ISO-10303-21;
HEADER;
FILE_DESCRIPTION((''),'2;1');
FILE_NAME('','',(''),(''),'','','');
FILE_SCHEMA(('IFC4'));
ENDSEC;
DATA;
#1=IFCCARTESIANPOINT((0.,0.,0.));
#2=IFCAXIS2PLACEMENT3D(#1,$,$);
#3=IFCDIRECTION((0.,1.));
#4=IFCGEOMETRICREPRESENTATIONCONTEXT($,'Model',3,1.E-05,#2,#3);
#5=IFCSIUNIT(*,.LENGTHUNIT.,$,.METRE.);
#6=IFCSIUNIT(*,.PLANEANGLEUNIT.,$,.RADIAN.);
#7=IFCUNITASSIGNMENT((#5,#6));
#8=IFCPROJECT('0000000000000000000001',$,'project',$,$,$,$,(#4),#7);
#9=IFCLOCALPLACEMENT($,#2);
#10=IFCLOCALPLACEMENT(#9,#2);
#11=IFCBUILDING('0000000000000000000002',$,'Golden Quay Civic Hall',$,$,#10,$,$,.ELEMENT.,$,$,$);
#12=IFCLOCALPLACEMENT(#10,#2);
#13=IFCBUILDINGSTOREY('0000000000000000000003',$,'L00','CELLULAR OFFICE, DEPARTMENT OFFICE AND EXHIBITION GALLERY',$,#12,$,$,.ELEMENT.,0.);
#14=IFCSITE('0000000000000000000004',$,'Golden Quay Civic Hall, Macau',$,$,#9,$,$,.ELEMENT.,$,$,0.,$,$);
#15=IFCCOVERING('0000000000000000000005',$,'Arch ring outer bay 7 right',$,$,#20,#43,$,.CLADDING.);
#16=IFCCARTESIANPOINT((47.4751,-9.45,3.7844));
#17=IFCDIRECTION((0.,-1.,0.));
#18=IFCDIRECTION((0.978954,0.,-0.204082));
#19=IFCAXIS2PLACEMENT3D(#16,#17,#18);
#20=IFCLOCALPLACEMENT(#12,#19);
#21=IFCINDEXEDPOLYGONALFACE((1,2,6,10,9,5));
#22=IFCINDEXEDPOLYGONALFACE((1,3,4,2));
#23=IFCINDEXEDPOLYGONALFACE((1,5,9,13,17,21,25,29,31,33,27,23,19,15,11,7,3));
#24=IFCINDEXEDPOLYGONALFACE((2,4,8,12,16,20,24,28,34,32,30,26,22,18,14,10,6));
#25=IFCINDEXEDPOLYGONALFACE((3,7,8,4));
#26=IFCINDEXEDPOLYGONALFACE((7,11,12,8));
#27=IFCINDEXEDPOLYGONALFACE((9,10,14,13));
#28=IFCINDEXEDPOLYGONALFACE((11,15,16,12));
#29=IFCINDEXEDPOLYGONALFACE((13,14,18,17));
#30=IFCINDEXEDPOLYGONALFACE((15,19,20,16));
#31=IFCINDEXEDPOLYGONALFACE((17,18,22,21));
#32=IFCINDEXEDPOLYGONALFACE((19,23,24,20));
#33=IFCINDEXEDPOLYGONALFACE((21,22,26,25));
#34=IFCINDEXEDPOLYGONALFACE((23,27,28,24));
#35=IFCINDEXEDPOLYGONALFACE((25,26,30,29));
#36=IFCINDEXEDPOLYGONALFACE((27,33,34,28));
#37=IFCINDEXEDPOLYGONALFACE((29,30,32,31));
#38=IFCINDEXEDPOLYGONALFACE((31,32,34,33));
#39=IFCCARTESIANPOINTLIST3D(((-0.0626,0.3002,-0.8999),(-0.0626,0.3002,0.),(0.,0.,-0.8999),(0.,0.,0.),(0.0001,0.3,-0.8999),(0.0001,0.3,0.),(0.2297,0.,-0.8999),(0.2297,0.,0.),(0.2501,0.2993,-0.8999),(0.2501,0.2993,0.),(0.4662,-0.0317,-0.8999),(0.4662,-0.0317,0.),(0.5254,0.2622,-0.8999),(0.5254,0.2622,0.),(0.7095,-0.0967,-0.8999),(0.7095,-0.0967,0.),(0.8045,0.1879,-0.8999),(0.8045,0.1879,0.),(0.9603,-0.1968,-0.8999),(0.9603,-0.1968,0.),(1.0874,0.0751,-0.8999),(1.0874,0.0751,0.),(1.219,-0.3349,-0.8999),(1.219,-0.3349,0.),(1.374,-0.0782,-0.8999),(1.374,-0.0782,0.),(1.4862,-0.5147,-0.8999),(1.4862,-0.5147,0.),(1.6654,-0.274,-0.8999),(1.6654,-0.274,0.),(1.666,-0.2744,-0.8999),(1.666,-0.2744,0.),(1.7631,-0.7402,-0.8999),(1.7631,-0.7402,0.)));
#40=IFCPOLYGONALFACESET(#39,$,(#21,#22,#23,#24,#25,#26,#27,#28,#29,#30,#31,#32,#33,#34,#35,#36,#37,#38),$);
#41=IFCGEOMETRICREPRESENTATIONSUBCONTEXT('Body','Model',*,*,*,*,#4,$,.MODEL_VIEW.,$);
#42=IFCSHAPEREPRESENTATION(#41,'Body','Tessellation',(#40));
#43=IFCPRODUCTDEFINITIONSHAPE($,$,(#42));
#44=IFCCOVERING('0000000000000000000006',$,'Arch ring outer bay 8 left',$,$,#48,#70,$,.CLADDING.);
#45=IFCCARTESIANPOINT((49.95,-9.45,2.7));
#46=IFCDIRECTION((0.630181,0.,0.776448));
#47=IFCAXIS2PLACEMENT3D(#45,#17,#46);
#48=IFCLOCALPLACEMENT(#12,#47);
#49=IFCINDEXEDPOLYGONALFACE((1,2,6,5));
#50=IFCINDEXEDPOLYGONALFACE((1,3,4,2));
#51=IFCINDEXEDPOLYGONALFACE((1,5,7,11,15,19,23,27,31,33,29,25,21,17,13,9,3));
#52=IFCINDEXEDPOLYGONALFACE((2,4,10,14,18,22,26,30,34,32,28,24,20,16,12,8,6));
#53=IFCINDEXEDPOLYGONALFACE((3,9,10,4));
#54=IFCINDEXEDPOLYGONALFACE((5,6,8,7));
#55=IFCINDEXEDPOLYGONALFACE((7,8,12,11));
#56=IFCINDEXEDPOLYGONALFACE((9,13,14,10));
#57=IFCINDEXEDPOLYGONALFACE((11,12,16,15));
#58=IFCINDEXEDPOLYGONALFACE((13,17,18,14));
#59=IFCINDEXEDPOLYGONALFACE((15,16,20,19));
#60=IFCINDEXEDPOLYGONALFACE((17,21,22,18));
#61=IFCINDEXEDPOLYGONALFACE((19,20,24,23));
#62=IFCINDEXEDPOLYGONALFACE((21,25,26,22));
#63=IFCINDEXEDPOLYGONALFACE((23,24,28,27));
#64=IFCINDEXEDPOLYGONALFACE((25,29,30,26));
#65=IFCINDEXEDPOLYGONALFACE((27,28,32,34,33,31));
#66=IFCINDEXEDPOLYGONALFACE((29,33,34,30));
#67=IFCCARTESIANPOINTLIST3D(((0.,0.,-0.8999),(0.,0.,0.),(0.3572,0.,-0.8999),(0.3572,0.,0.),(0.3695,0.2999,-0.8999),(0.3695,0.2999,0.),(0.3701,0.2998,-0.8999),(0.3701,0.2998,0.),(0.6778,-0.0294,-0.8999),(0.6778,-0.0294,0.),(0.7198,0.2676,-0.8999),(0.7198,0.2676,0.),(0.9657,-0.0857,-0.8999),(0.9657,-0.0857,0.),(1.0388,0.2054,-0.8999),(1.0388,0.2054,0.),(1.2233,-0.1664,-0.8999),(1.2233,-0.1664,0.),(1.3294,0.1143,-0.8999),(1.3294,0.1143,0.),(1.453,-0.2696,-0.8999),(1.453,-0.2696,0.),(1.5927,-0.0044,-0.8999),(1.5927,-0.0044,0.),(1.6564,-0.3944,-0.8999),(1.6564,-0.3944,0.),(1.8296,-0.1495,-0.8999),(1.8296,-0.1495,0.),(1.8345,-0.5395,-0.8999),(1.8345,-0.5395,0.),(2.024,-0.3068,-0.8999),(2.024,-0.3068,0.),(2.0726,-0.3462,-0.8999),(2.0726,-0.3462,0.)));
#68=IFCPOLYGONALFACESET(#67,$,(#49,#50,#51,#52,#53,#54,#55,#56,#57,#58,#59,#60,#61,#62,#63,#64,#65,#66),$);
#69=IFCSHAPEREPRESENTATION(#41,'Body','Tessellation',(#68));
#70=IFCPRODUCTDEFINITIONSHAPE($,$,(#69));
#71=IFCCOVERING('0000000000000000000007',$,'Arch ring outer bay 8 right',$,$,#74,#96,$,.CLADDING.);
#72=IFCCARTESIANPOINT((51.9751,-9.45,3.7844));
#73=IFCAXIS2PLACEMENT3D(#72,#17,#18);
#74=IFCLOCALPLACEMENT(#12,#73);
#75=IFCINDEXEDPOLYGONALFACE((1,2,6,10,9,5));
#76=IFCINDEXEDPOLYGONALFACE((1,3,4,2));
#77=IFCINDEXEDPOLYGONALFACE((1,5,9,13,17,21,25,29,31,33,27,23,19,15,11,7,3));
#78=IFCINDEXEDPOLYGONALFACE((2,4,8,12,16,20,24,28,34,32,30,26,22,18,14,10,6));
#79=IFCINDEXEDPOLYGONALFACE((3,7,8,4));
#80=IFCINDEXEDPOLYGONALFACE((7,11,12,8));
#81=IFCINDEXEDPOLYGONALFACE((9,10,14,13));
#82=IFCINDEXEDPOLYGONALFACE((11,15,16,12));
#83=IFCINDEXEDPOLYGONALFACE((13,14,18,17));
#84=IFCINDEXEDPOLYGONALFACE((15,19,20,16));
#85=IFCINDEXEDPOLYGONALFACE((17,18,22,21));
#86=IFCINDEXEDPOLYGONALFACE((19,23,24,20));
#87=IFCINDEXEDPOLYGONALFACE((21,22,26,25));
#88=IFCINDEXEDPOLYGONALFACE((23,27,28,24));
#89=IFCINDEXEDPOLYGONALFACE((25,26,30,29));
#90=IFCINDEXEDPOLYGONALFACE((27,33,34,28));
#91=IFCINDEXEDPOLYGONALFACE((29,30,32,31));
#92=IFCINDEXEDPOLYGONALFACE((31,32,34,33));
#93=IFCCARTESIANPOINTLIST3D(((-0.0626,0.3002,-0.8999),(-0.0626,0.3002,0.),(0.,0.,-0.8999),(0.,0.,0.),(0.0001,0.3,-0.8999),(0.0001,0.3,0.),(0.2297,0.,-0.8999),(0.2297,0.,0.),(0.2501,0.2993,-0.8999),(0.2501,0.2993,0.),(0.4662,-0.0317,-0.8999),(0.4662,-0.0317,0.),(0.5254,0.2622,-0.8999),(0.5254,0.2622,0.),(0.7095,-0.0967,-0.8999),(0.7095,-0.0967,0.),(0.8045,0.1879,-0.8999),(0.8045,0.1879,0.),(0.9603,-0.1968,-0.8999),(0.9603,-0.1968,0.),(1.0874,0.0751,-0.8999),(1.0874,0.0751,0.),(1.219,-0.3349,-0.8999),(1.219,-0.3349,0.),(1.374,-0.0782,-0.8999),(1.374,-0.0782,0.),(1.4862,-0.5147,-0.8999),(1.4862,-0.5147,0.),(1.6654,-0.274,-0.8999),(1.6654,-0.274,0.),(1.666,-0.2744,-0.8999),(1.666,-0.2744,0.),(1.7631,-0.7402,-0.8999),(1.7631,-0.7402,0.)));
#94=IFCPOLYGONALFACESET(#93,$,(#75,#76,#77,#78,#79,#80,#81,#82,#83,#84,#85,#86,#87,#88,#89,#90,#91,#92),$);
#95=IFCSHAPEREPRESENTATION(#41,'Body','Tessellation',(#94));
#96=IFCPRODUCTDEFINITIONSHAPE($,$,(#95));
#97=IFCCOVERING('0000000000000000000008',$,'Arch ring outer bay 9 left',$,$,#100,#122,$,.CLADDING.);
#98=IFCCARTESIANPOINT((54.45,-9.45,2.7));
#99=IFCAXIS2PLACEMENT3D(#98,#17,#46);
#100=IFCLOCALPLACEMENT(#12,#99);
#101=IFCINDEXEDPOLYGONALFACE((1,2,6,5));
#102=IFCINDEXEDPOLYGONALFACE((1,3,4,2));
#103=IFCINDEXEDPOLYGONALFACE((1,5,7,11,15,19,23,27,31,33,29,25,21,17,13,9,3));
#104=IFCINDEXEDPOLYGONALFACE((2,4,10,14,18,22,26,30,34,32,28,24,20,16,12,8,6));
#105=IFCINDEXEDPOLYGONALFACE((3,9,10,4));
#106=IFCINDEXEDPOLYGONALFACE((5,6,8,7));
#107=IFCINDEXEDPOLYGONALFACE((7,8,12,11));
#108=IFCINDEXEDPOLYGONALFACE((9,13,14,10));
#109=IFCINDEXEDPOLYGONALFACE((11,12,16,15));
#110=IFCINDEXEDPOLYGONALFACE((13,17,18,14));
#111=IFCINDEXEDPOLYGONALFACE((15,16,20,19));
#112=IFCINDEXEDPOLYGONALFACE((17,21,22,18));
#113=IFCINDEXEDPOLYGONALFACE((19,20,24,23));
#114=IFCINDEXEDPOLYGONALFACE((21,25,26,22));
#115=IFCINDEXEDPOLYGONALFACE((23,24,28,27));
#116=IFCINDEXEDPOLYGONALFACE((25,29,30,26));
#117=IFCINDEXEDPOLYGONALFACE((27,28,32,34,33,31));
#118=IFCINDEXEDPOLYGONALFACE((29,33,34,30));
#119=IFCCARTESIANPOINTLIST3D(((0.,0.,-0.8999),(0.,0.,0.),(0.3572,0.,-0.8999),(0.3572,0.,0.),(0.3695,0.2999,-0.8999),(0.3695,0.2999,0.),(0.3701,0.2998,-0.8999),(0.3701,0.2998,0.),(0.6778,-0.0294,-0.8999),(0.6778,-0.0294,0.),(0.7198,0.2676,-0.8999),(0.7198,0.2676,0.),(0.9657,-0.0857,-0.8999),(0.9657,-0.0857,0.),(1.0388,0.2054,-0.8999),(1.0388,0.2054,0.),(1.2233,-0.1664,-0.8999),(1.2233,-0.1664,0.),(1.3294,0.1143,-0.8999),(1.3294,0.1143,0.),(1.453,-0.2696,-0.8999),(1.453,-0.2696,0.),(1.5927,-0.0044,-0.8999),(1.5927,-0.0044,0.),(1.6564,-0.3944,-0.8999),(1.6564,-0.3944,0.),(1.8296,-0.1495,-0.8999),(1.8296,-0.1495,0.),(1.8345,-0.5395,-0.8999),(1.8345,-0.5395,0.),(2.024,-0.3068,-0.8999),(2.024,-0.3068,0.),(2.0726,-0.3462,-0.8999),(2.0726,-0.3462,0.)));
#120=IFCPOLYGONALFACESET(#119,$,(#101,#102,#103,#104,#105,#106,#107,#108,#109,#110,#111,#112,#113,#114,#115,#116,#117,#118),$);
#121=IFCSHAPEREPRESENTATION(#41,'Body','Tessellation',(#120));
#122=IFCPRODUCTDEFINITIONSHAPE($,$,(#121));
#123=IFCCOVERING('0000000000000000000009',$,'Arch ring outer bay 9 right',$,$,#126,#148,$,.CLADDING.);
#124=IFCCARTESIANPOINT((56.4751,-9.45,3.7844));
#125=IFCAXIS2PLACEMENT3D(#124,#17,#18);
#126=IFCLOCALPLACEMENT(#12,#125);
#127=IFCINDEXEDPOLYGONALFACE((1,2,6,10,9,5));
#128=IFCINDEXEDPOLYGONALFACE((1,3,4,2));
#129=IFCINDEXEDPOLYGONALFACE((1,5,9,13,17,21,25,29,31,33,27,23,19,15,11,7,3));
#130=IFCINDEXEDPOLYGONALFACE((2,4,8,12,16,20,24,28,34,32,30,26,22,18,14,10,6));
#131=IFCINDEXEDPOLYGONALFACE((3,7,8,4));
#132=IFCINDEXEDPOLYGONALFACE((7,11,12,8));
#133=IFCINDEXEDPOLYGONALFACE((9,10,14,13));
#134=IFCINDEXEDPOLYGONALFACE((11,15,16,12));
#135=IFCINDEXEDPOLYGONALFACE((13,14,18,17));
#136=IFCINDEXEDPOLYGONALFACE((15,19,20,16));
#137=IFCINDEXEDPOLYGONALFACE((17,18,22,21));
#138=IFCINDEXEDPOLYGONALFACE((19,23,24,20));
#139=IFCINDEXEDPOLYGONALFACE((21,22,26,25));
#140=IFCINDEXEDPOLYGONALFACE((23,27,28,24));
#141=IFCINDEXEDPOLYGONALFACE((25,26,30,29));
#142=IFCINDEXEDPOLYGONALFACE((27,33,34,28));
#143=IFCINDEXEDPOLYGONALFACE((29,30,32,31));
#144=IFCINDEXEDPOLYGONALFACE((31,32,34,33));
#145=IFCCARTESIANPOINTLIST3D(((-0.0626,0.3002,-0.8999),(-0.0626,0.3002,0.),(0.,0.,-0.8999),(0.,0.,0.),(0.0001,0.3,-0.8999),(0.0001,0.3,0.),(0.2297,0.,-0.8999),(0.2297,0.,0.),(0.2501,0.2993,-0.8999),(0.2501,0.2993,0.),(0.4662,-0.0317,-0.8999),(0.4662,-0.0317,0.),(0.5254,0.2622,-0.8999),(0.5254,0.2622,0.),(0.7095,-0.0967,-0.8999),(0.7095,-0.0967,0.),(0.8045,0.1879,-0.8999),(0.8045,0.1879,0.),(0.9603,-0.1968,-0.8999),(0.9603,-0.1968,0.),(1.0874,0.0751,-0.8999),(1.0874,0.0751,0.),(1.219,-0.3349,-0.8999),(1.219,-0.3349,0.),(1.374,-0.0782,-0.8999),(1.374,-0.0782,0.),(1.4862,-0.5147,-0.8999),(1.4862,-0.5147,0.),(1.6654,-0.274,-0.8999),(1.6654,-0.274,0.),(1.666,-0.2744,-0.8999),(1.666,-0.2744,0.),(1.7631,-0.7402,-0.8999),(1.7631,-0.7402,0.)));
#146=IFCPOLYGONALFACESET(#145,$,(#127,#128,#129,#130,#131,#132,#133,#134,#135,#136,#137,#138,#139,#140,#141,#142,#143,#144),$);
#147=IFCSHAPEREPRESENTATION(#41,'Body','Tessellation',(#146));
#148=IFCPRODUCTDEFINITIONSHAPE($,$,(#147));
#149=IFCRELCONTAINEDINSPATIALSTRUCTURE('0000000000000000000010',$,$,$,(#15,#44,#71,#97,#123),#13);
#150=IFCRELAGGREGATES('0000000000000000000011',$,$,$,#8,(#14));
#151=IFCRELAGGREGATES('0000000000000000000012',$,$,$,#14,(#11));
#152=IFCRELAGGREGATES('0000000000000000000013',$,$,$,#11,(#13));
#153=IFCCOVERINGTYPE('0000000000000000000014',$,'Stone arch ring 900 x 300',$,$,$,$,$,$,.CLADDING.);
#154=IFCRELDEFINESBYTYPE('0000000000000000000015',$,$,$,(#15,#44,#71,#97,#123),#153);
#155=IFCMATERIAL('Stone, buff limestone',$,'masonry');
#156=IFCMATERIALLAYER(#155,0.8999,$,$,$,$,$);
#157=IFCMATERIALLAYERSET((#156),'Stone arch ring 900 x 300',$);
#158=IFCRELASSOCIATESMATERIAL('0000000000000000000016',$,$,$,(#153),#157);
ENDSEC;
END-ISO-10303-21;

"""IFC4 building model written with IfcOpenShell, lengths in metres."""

from ifc_helpers import new_model, si_unit, direction, frame, origin, place, context, subcontext, project, spatial, polyline, outline, extrude, material, layer, layer_set, type_object, element, save


model = new_model("IFC4")

# Units and contexts
model_context = context("Model", 3, precision=1e-05, world=origin(), true_north=direction((0.0, 1.0)))
body_context = subcontext(model_context, "Body", "Model", "MODEL_VIEW")
ifc_project = project(units=[si_unit("LENGTHUNIT", "METRE"), si_unit("PLANEANGLEUNIT", "RADIAN")], contexts=[model_context])

# Site, building, storey
site_placement = place(None, origin())
site = spatial("IfcSite", under=ifc_project, at=site_placement, Name="Golden Quay Civic Hall, Macau", CompositionType="ELEMENT", RefElevation=0.0)
building_placement = place(site_placement, origin())
building = spatial("IfcBuilding", under=site, at=building_placement, Name="Golden Quay Civic Hall", CompositionType="ELEMENT")
storey_placement = place(building_placement, origin())
storey = spatial("IfcBuildingStorey", under=building, at=storey_placement, Name="L00", Description="CELLULAR OFFICE, DEPARTMENT OFFICE AND EXHIBITION GALLERY", CompositionType="ELEMENT", Elevation=0.0)

# Coverings
ifc_material_1 = material(Name="Stone, buff limestone", Category="masonry")
ifc_layer_1 = layer(ifc_material_1, 0.8999)
ifc_layer_set_1 = layer_set([ifc_layer_1], Name="Stone arch ring 900 x 300")
covering_type_1 = type_object("IfcCoveringType", Name="Stone arch ring 900 x 300", PredefinedType="CLADDING", material=ifc_layer_set_1)
covering_1_placement = place(storey_placement, frame((47.4751, -9.45, 3.7844), z_axis=(0.0, -1.0, 0.0), x_axis=(0.978954, 0.0, -0.204082)))
element("IfcCovering", 1, at=covering_1_placement, inside=storey, type_object=covering_type_1, Name="Arch ring outer bay 7 right", PredefinedType="CLADDING", context=body_context, shape_type="SweptSolid", body=[
    extrude(outline(polyline([(0.0, 0.0), (0.2297, 0.0), (0.4662, -0.0317), (0.7095, -0.0967), (0.9603, -0.1968), (1.219, -0.3349), (1.4862, -0.5147), (1.7631, -0.7402), (1.666, -0.2744), (1.6654, -0.274), (1.374, -0.0782), (1.0874, 0.0751), (0.8045, 0.1879), (0.5254, 0.2622), (0.2501, 0.2993), (0.0001, 0.3), (-0.0626, 0.3002), (0.0, 0.0)])), origin(), (0.0, 0.0, -1.0), 0.8999),
])
covering_2_placement = place(storey_placement, frame((49.95, -9.45, 2.7), z_axis=(0.0, -1.0, 0.0), x_axis=(0.630181, 0.0, 0.776448)))
element("IfcCovering", 2, at=covering_2_placement, inside=storey, type_object=covering_type_1, Name="Arch ring outer bay 8 left", PredefinedType="CLADDING", context=body_context, shape_type="SweptSolid", body=[
    extrude(outline(polyline([(0.0, 0.0), (0.3572, 0.0), (0.6778, -0.0294), (0.9657, -0.0857), (1.2233, -0.1664), (1.453, -0.2696), (1.6564, -0.3944), (1.8345, -0.5395), (2.0726, -0.3462), (2.024, -0.3068), (1.8296, -0.1495), (1.5927, -0.0044), (1.3294, 0.1143), (1.0388, 0.2054), (0.7198, 0.2676), (0.3701, 0.2998), (0.3695, 0.2999), (0.0, 0.0)])), origin(), (0.0, 0.0, -1.0), 0.8999),
])
covering_3_placement = place(storey_placement, frame((51.9751, -9.45, 3.7844), z_axis=(0.0, -1.0, 0.0), x_axis=(0.978954, 0.0, -0.204082)))
element("IfcCovering", 3, at=covering_3_placement, inside=storey, type_object=covering_type_1, Name="Arch ring outer bay 8 right", PredefinedType="CLADDING", context=body_context, shape_type="SweptSolid", body=[
    extrude(outline(polyline([(0.0, 0.0), (0.2297, 0.0), (0.4662, -0.0317), (0.7095, -0.0967), (0.9603, -0.1968), (1.219, -0.3349), (1.4862, -0.5147), (1.7631, -0.7402), (1.666, -0.2744), (1.6654, -0.274), (1.374, -0.0782), (1.0874, 0.0751), (0.8045, 0.1879), (0.5254, 0.2622), (0.2501, 0.2993), (0.0001, 0.3), (-0.0626, 0.3002), (0.0, 0.0)])), origin(), (0.0, 0.0, -1.0), 0.8999),
])
covering_4_placement = place(storey_placement, frame((54.45, -9.45, 2.7), z_axis=(0.0, -1.0, 0.0), x_axis=(0.630181, 0.0, 0.776448)))
element("IfcCovering", 4, at=covering_4_placement, inside=storey, type_object=covering_type_1, Name="Arch ring outer bay 9 left", PredefinedType="CLADDING", context=body_context, shape_type="SweptSolid", body=[
    extrude(outline(polyline([(0.0, 0.0), (0.3572, 0.0), (0.6778, -0.0294), (0.9657, -0.0857), (1.2233, -0.1664), (1.453, -0.2696), (1.6564, -0.3944), (1.8345, -0.5395), (2.0726, -0.3462), (2.024, -0.3068), (1.8296, -0.1495), (1.5927, -0.0044), (1.3294, 0.1143), (1.0388, 0.2054), (0.7198, 0.2676), (0.3701, 0.2998), (0.3695, 0.2999), (0.0, 0.0)])), origin(), (0.0, 0.0, -1.0), 0.8999),
])
covering_5_placement = place(storey_placement, frame((56.4751, -9.45, 3.7844), z_axis=(0.0, -1.0, 0.0), x_axis=(0.978954, 0.0, -0.204082)))
element("IfcCovering", 5, at=covering_5_placement, inside=storey, type_object=covering_type_1, Name="Arch ring outer bay 9 right", PredefinedType="CLADDING", context=body_context, shape_type="SweptSolid", body=[
    extrude(outline(polyline([(0.0, 0.0), (0.2297, 0.0), (0.4662, -0.0317), (0.7095, -0.0967), (0.9603, -0.1968), (1.219, -0.3349), (1.4862, -0.5147), (1.7631, -0.7402), (1.666, -0.2744), (1.6654, -0.274), (1.374, -0.0782), (1.0874, 0.0751), (0.8045, 0.1879), (0.5254, 0.2622), (0.2501, 0.2993), (0.0001, 0.3), (-0.0626, 0.3002), (0.0, 0.0)])), origin(), (0.0, 0.0, -1.0), 0.8999),
])

save(model, "model.ifc")
